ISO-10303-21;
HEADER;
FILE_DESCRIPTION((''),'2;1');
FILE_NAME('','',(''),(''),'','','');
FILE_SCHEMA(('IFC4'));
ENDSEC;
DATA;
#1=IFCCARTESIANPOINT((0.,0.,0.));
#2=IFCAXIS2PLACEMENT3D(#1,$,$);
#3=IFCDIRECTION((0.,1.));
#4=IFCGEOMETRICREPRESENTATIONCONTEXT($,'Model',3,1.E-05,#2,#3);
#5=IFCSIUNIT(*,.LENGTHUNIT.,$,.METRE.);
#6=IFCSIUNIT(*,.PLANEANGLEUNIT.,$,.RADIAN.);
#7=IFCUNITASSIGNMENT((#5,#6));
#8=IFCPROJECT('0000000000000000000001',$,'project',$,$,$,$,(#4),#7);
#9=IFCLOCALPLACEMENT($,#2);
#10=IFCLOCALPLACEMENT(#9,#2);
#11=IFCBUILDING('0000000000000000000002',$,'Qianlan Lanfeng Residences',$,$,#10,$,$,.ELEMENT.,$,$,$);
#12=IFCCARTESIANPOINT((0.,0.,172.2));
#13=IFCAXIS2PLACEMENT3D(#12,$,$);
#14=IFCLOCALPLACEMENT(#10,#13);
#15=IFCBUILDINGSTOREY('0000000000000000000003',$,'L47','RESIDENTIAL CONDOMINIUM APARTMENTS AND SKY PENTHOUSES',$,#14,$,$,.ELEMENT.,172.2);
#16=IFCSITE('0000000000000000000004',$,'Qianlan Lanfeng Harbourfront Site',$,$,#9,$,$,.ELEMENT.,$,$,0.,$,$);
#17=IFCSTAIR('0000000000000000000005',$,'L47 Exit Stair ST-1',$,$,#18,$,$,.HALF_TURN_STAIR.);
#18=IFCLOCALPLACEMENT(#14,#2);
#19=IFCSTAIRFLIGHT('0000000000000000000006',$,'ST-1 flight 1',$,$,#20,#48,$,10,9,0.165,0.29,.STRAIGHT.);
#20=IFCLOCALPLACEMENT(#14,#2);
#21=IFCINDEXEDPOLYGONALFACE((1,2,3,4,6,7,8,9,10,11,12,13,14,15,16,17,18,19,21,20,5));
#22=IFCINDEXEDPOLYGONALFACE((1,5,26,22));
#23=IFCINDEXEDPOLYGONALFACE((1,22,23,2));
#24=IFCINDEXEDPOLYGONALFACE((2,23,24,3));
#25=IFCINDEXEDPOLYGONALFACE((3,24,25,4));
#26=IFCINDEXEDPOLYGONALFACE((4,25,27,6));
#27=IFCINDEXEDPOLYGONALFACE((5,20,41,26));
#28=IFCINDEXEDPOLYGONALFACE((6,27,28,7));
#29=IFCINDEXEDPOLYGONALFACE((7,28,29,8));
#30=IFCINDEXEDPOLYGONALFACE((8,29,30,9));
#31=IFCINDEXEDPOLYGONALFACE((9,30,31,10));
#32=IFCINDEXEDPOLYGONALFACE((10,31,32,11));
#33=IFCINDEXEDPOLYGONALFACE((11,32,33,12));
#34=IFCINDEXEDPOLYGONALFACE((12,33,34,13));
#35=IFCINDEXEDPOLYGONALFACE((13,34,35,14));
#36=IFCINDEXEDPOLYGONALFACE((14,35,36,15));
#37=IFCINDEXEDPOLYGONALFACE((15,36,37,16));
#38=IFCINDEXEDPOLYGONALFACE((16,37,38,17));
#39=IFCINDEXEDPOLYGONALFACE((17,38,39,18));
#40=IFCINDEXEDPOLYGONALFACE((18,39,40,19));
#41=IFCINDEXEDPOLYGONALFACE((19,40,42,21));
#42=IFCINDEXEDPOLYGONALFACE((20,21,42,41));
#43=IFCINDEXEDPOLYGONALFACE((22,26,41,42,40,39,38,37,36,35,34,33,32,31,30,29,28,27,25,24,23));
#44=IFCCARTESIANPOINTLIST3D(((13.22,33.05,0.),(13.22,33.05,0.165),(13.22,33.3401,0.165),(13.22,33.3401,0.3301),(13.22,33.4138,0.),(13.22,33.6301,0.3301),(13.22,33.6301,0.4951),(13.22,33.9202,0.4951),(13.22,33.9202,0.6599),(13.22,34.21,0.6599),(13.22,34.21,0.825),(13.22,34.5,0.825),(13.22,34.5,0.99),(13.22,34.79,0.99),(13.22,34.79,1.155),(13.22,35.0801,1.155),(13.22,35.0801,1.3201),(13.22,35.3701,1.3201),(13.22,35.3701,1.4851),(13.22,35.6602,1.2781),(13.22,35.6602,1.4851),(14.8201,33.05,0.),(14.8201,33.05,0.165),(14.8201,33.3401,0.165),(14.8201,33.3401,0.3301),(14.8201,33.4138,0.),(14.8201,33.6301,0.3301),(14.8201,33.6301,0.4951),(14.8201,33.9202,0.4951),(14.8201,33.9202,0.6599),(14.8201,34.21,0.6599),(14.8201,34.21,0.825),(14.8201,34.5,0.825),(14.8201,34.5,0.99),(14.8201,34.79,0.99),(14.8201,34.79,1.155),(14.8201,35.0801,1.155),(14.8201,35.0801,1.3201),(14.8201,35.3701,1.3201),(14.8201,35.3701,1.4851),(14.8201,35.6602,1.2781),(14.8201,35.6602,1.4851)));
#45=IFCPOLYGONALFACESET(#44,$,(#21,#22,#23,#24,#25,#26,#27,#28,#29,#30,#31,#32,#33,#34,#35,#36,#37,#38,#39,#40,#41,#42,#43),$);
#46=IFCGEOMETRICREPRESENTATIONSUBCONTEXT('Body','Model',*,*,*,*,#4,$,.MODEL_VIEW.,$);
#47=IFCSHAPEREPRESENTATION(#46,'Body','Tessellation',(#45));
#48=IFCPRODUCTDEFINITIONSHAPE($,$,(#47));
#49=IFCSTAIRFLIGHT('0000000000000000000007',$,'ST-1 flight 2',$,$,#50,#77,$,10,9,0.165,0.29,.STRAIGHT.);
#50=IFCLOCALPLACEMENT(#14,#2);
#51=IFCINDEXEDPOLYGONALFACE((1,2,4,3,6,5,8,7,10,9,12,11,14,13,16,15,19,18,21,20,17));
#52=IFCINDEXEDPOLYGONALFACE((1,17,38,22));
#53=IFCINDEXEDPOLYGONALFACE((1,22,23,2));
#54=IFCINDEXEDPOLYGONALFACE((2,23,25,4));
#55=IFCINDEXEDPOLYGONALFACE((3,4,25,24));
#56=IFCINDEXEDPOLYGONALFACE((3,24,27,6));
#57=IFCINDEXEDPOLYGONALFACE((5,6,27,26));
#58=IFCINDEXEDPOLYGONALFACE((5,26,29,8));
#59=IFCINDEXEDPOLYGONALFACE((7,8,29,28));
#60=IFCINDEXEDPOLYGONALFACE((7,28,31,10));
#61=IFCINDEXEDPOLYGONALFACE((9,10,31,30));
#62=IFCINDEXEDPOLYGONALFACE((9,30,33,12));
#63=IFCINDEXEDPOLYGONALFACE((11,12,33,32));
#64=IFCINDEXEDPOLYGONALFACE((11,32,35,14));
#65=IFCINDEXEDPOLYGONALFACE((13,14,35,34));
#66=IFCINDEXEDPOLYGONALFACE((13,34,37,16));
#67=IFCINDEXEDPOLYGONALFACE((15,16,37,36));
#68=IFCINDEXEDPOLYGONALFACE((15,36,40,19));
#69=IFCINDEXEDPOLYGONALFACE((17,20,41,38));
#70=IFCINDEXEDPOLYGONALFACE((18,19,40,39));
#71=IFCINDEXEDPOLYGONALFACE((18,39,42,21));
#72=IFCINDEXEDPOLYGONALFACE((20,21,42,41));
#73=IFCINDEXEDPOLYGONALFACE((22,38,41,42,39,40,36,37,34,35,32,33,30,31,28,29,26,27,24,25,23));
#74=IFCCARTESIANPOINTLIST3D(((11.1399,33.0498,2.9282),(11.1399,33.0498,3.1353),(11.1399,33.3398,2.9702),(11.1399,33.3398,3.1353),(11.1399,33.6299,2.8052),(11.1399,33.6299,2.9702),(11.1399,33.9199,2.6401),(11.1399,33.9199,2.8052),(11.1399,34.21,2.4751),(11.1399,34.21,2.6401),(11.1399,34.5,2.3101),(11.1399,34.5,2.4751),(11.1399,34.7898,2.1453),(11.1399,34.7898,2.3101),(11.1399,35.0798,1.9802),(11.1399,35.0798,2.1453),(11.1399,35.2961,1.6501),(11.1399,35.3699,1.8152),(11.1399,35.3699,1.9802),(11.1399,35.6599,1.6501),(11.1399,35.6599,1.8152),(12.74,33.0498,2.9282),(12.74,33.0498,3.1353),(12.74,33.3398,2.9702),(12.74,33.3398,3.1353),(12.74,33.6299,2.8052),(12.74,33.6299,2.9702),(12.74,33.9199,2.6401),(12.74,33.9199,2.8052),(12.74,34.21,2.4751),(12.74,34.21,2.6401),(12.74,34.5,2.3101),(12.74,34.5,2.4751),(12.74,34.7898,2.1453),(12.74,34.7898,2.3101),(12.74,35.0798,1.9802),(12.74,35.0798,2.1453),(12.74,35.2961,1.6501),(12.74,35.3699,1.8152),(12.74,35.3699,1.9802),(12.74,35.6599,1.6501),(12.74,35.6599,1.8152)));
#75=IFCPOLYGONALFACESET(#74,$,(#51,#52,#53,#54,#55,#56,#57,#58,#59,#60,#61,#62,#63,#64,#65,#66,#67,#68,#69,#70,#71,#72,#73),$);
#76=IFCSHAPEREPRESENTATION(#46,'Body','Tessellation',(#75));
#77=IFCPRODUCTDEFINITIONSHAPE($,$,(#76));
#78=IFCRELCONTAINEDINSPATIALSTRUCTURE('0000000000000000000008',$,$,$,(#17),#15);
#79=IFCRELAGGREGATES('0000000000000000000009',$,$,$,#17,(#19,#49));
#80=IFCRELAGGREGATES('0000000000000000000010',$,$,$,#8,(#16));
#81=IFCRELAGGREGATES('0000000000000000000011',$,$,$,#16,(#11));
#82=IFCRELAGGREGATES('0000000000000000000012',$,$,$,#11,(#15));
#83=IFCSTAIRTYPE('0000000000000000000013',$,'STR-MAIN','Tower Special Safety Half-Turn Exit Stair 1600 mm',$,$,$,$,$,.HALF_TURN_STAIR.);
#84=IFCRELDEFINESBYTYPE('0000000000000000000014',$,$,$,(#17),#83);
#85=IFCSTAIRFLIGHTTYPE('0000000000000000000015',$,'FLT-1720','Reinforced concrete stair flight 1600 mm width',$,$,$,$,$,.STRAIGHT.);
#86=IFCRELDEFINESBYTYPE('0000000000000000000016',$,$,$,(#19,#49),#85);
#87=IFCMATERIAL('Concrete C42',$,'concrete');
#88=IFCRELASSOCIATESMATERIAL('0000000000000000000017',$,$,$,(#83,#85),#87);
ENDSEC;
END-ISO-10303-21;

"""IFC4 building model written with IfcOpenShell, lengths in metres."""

from ifc_helpers import new_model, si_unit, direction, frame, origin, place, context, subcontext, project, spatial, polyline, outline, extrude, material, type_object, element, aggregate, save


model = new_model("IFC4")

# Units and contexts
model_context = context("Model", 3, precision=1e-05, world=origin(), true_north=direction((0.0, 1.0)))
body_context = subcontext(model_context, "Body", "Model", "MODEL_VIEW")
ifc_project = project(units=[si_unit("LENGTHUNIT", "METRE"), si_unit("PLANEANGLEUNIT", "RADIAN")], contexts=[model_context])

# Site, building, storey
site_placement = place(None, origin())
site = spatial("IfcSite", under=ifc_project, at=site_placement, Name="Qianlan Lanfeng Harbourfront Site", CompositionType="ELEMENT", RefElevation=0.0)
building_placement = place(site_placement, origin())
building = spatial("IfcBuilding", under=site, at=building_placement, Name="Qianlan Lanfeng Residences", CompositionType="ELEMENT")
storey_placement = place(building_placement, frame((0.0, 0.0, 172.2)))
storey = spatial("IfcBuildingStorey", under=building, at=storey_placement, Name="L47", Description="RESIDENTIAL CONDOMINIUM APARTMENTS AND SKY PENTHOUSES", CompositionType="ELEMENT", Elevation=172.2)

# Shared definitions
ifc_material_1 = material(Name="Concrete C42", Category="concrete")

# Stair, stair flights
stair_type = type_object("IfcStairType", Name="STR-MAIN", Description="Tower Special Safety Half-Turn Exit Stair 1600 mm", PredefinedType="HALF_TURN_STAIR", material=ifc_material_1)
stair_placement = place(storey_placement, origin())
stair = element("IfcStair", 1, at=stair_placement, inside=storey, type_object=stair_type, Name="L47 Exit Stair ST-1", PredefinedType="HALF_TURN_STAIR")
stair_flight_type = type_object("IfcStairFlightType", Name="FLT-1720", Description="Reinforced concrete stair flight 1600 mm width", PredefinedType="STRAIGHT", material=ifc_material_1)
stair_flight_1_placement = place(storey_placement, frame((14.02, 33.05, 0.0), z_axis=(0.0, 0.0, 1.0), x_axis=(0.0, 1.0, 0.0)))
stair_flight_1 = element("IfcStairFlight", 2, at=stair_flight_1_placement, type_object=stair_flight_type, Name="ST-1 flight 1", NumberOfRisers=10, NumberOfTreads=9, PredefinedType="STRAIGHT", RiserHeight=0.165, TreadLength=0.29, context=body_context, shape_type="SweptSolid", body=[
    extrude(outline(polyline([(0.0, 0.0), (0.0, 0.165), (0.29, 0.165), (0.29, 0.3301), (0.5801, 0.3301), (0.5801, 0.4951), (0.8701, 0.4951), (0.8701, 0.6599), (1.1599, 0.6599), (1.1599, 0.825), (1.45, 0.825), (1.45, 0.99), (1.74, 0.99), (1.74, 1.155), (2.03, 1.155), (2.03, 1.3201), (2.3201, 1.3201), (2.3201, 1.4851), (2.6101, 1.4851), (2.6101, 1.6499), (2.6101, 1.2781), (0.3638, 0.0), (0.0, 0.0)])), frame((0.0, 0.8, 0.0), z_axis=(0.0, -1.0, 0.0), x_axis=(1.0, 0.0, 0.0)), (0.0, 0.0, 1.0), 1.6001),
])
stair_flight_2_placement = place(storey_placement, frame((11.9399, 35.6599, 1.6501), z_axis=(0.0, 0.0, 1.0), x_axis=(0.0, -1.0, 0.0)))
stair_flight_2 = element("IfcStairFlight", 3, at=stair_flight_2_placement, type_object=stair_flight_type, Name="ST-1 flight 2", NumberOfRisers=10, NumberOfTreads=9, PredefinedType="STRAIGHT", RiserHeight=0.165, TreadLength=0.29, context=body_context, shape_type="SweptSolid", body=[
    extrude(outline(polyline([(0.0, 0.0), (0.0, 0.165), (0.29, 0.165), (0.29, 0.3301), (0.5801, 0.3301), (0.5801, 0.4951), (0.8701, 0.4951), (0.8701, 0.6599), (1.1599, 0.6599), (1.1599, 0.825), (1.45, 0.825), (1.45, 0.99), (1.74, 0.99), (1.74, 1.155), (2.03, 1.155), (2.03, 1.3201), (2.3201, 1.3201), (2.3201, 1.4851), (2.6101, 1.4851), (2.6101, 1.6499), (2.6101, 1.2781), (0.3638, 0.0), (0.0, 0.0)])), frame((0.0, 0.8, 0.0), z_axis=(0.0, -1.0, 0.0), x_axis=(1.0, 0.0, 0.0)), (0.0, 0.0, 1.0), 1.6001),
])
aggregate(stair, [stair_flight_1, stair_flight_2])

save(model, "model.ifc")
